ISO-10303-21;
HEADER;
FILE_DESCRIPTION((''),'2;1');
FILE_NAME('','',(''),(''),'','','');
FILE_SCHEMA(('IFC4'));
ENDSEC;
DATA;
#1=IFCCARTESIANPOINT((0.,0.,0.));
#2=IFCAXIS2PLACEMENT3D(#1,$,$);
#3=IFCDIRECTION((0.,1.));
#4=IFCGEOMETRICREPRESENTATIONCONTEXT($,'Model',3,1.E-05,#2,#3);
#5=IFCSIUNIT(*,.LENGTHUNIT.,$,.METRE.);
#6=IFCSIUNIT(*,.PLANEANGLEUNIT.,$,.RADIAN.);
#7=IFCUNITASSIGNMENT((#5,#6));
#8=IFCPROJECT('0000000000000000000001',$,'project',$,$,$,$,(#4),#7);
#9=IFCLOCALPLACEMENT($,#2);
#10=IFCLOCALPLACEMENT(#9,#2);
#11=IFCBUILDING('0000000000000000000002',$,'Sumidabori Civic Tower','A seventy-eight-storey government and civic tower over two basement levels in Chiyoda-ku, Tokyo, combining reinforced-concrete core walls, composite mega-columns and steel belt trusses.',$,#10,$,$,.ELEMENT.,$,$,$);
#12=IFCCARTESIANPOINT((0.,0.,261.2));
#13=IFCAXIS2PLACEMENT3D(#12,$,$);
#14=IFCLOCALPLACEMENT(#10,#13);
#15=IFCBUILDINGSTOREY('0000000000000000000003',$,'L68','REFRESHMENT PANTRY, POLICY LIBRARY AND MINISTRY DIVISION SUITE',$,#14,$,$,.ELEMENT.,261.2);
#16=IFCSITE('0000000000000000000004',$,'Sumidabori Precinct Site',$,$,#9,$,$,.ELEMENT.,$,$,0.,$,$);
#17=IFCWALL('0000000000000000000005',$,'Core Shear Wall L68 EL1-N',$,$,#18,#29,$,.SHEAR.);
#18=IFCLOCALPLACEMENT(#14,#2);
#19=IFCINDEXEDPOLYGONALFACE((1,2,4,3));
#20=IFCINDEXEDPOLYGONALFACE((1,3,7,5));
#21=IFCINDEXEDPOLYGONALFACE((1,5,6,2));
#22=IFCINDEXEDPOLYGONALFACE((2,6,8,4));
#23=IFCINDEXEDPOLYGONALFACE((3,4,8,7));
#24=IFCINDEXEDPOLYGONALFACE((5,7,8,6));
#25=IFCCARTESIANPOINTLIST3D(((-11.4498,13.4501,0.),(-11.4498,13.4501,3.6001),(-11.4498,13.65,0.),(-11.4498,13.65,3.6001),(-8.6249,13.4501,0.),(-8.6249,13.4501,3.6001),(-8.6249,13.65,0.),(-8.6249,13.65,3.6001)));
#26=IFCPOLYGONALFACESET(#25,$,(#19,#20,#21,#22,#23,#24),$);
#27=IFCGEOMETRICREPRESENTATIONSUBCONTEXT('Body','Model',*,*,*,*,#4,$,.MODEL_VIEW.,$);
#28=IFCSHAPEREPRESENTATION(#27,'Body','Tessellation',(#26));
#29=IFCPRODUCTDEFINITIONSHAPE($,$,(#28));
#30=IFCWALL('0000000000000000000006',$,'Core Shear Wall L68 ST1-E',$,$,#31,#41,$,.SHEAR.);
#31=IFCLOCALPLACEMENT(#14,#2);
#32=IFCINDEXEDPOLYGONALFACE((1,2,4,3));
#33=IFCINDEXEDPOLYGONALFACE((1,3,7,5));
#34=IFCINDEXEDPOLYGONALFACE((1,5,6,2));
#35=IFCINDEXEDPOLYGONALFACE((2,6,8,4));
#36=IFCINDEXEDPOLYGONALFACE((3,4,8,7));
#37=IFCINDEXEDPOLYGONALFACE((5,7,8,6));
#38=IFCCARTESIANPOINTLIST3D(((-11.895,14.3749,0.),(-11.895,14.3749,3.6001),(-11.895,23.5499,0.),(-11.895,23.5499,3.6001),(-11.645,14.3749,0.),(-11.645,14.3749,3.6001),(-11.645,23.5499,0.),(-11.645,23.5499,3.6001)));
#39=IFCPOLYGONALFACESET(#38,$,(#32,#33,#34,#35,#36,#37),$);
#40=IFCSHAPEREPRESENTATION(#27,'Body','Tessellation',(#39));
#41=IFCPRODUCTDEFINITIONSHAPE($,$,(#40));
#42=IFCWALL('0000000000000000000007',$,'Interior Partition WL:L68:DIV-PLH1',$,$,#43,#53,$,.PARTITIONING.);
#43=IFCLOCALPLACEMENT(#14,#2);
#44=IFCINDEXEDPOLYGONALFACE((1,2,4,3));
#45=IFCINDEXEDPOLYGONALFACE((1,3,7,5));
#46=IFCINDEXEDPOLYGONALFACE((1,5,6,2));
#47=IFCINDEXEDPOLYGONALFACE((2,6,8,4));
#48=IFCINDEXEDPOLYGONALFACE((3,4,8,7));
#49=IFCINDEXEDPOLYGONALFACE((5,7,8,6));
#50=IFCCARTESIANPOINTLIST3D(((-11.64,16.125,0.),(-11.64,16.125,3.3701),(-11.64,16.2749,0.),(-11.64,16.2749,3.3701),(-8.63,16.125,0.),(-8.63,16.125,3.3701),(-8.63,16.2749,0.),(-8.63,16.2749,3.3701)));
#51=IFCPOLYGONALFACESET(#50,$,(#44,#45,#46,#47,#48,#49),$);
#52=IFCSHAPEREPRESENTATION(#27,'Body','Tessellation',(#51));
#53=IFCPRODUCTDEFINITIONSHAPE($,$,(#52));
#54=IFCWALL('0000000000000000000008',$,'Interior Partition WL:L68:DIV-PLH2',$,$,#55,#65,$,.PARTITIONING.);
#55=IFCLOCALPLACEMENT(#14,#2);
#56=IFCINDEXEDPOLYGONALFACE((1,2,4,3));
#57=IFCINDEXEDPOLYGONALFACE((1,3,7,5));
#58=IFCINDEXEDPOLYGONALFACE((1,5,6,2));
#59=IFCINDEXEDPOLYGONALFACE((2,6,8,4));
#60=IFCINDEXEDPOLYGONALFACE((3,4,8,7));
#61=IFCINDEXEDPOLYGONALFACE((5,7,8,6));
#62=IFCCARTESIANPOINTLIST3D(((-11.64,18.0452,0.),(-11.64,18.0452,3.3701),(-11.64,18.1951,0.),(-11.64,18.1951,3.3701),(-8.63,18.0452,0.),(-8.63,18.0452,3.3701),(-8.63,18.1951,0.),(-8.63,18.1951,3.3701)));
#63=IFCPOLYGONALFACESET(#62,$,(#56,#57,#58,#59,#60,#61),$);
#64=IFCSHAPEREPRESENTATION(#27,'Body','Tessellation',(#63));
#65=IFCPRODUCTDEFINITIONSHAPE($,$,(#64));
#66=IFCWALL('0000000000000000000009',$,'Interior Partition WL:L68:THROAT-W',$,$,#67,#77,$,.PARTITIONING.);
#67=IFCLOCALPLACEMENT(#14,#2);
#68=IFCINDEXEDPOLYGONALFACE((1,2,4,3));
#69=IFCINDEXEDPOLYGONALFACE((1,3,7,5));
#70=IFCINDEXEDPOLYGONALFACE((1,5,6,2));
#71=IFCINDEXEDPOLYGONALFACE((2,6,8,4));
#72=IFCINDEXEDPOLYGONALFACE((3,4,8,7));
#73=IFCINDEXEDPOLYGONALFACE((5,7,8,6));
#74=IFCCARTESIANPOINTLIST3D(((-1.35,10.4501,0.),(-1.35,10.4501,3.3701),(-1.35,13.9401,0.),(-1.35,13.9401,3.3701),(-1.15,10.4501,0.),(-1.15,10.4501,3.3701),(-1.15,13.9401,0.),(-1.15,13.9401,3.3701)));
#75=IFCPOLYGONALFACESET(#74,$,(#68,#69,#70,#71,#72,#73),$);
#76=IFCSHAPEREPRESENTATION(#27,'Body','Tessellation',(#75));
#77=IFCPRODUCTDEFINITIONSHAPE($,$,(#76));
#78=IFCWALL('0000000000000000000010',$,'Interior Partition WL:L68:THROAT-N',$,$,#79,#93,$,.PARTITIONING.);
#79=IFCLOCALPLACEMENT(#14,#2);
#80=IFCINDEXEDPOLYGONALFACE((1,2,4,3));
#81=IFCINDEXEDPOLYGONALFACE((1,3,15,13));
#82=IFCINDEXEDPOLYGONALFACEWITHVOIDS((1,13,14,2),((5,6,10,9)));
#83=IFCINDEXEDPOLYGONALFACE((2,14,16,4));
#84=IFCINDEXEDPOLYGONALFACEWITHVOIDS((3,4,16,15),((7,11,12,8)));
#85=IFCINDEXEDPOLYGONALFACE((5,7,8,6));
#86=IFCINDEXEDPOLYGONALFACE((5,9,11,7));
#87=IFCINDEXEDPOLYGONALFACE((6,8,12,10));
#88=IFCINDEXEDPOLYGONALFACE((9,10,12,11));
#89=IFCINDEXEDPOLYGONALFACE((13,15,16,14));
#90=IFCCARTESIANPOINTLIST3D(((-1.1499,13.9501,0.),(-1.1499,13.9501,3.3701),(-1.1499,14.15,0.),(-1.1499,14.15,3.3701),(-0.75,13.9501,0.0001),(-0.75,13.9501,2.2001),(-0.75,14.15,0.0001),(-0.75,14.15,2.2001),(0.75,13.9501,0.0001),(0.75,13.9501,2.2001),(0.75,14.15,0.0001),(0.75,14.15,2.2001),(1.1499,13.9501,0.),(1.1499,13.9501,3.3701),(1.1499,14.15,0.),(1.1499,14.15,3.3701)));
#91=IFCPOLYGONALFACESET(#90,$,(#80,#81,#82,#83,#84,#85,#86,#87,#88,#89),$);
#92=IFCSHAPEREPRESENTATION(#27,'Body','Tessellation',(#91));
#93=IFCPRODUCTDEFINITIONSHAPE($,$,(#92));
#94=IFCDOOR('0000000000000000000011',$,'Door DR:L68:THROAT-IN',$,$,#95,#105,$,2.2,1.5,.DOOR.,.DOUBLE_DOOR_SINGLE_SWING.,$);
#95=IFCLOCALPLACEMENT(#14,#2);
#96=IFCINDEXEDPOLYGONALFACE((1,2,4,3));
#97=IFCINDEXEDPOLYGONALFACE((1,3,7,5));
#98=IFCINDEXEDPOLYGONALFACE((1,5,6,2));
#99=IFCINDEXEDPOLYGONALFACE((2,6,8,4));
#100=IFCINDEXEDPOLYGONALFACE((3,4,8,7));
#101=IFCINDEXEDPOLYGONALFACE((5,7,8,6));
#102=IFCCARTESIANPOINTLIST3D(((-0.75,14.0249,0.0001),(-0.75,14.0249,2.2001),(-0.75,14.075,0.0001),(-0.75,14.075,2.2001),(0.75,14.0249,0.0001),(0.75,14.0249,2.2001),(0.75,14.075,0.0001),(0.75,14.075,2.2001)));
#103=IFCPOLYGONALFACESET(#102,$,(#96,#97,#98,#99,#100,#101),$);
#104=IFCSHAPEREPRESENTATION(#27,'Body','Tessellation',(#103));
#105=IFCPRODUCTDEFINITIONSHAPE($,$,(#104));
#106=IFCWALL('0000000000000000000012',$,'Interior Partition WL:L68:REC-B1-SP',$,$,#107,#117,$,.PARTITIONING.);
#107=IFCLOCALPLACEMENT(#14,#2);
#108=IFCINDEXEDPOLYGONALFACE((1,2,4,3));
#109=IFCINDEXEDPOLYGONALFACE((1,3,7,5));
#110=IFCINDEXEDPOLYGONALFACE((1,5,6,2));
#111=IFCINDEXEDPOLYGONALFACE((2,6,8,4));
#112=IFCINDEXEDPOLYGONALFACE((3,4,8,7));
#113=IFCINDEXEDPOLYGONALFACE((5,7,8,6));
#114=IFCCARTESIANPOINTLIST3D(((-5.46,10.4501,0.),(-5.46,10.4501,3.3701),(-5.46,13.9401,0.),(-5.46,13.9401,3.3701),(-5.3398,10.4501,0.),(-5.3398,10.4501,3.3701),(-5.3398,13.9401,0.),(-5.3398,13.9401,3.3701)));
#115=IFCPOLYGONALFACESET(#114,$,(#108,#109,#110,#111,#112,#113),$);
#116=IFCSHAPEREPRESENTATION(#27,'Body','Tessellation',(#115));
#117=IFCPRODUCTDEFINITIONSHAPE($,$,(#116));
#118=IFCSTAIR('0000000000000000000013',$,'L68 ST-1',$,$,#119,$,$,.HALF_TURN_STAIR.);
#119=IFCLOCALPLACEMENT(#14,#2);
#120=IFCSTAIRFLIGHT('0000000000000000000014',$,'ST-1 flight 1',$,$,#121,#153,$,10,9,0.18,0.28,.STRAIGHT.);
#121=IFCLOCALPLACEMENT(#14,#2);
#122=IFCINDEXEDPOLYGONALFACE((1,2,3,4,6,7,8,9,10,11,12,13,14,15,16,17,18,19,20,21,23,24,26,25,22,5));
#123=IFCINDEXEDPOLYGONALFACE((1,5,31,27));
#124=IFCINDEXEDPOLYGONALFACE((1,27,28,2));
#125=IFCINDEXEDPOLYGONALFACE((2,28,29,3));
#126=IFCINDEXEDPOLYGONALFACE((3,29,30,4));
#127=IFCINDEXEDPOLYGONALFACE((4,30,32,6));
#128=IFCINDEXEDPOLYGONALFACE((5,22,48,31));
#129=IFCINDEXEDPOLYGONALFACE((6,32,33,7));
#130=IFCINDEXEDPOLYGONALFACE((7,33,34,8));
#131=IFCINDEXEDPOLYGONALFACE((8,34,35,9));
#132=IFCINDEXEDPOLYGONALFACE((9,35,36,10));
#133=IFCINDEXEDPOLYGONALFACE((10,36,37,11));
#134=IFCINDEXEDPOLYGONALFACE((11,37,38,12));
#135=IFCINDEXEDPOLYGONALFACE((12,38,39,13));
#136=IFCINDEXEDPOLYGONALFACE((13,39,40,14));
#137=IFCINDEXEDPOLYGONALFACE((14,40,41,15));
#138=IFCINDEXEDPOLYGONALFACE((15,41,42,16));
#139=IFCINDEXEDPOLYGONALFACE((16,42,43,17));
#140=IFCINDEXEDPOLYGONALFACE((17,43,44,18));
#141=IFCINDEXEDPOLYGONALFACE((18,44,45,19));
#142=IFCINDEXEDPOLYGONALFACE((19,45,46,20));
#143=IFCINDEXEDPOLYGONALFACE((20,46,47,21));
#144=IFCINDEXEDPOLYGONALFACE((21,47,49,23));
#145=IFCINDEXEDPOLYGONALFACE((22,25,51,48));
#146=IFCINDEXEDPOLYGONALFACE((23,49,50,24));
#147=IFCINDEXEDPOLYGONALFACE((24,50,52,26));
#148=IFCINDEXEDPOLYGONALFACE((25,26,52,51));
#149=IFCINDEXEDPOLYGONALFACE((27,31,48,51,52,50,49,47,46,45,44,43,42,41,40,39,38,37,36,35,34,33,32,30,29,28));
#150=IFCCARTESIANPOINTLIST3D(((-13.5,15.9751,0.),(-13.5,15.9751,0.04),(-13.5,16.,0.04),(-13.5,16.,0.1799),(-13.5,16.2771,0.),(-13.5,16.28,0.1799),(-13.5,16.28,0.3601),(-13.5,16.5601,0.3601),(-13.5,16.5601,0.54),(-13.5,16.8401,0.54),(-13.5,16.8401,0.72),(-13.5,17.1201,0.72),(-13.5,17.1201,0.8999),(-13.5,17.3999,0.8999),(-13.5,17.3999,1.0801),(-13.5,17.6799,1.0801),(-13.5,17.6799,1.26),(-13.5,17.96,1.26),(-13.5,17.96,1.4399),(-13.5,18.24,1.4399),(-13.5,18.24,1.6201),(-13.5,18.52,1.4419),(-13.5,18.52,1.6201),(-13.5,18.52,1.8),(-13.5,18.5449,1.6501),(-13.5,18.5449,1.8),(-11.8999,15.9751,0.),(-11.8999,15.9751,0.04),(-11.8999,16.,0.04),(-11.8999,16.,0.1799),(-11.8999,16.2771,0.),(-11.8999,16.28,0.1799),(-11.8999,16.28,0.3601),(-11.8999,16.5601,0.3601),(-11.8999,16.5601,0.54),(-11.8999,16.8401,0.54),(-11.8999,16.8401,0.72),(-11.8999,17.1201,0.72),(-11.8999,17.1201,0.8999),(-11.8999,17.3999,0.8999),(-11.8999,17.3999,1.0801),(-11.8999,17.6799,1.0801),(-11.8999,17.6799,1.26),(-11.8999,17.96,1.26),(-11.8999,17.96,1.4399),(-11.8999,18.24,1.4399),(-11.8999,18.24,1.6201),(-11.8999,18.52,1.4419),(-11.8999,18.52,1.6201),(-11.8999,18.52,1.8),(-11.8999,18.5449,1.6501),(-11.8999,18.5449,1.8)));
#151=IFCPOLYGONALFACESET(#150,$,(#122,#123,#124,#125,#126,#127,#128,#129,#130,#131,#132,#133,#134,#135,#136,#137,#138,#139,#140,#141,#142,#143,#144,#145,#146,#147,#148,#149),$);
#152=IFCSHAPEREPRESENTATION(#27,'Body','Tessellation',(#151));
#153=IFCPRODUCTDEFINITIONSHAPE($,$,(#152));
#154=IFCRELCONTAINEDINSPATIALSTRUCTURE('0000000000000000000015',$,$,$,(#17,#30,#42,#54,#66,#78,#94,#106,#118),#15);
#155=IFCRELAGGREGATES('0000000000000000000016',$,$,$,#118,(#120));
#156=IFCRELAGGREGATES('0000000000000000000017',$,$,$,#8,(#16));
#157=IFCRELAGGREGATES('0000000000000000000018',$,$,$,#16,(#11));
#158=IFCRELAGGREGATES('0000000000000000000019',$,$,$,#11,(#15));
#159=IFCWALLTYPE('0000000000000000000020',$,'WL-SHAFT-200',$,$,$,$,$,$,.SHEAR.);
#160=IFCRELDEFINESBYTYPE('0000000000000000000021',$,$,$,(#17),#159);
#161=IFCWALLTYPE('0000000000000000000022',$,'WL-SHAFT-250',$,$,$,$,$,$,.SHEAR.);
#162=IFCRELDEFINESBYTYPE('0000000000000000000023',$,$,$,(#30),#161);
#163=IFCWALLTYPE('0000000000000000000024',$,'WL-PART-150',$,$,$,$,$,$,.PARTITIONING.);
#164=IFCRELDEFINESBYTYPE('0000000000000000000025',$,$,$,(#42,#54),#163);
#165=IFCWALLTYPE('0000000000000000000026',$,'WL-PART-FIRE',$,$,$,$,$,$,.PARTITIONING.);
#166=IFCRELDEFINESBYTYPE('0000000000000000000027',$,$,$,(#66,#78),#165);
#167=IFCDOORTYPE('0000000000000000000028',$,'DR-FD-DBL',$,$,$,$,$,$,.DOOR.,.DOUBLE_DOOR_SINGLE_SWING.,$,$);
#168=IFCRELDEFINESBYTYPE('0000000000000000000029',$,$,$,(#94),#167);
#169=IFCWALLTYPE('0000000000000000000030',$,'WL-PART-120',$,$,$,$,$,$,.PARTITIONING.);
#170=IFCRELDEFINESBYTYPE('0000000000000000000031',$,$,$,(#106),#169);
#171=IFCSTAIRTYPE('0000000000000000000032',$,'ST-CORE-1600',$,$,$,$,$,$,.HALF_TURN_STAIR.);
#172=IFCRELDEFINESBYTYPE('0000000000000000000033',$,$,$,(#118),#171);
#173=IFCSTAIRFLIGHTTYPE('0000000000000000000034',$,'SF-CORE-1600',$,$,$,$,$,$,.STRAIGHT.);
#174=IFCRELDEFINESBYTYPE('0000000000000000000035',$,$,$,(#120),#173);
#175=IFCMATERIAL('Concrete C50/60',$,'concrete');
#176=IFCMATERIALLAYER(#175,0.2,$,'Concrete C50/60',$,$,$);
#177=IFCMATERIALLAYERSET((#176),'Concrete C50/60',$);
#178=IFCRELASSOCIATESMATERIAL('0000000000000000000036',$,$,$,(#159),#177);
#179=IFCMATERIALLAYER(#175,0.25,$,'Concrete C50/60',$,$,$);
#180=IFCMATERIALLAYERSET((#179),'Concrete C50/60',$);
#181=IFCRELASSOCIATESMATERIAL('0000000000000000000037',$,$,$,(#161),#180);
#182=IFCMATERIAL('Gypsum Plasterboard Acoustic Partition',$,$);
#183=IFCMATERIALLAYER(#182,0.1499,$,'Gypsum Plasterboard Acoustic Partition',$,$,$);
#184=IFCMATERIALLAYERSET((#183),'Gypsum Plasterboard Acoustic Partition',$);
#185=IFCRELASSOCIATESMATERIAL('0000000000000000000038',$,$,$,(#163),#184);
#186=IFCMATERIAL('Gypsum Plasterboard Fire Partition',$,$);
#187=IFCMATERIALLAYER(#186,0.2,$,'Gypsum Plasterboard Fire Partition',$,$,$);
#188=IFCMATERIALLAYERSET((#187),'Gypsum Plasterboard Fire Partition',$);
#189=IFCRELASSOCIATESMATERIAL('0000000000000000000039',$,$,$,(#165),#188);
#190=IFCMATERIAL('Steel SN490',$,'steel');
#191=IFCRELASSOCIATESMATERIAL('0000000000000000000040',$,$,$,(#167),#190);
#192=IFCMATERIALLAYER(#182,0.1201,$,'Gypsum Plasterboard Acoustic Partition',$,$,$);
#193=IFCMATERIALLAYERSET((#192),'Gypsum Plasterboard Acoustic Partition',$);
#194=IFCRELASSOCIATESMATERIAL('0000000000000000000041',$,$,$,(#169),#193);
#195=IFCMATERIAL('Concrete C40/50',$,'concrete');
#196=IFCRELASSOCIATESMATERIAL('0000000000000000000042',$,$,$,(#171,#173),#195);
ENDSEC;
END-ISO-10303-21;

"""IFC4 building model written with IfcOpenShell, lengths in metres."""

from ifc_helpers import new_model, si_unit, direction, frame, frame_2d, origin, place, context, subcontext, project, spatial, polyline, rectangle, outline, extrude, source, transform, mapped, material, layer, layer_set, type_object, element, fill, aggregate, save


model = new_model("IFC4")

# Units and contexts
model_context = context("Model", 3, precision=1e-05, world=origin(), true_north=direction((0.0, 1.0)))
body_context = subcontext(model_context, "Body", "Model", "MODEL_VIEW")
ifc_project = project(units=[si_unit("LENGTHUNIT", "METRE"), si_unit("PLANEANGLEUNIT", "RADIAN")], contexts=[model_context])

# Site, building, storey
site_placement = place(None, origin())
site = spatial("IfcSite", under=ifc_project, at=site_placement, Name="Sumidabori Precinct Site", CompositionType="ELEMENT", RefElevation=0.0)
building_placement = place(site_placement, origin())
building = spatial("IfcBuilding", under=site, at=building_placement, Name="Sumidabori Civic Tower", Description="A seventy-eight-storey government and civic tower over two basement levels in Chiyoda-ku, Tokyo, combining reinforced-concrete core walls, composite mega-columns and steel belt trusses.", CompositionType="ELEMENT")
storey_placement = place(building_placement, frame((0.0, 0.0, 261.2)))
storey = spatial("IfcBuildingStorey", under=building, at=storey_placement, Name="L68", Description="REFRESHMENT PANTRY, POLICY LIBRARY AND MINISTRY DIVISION SUITE", CompositionType="ELEMENT", Elevation=261.2)

# Wall
ifc_material_1 = material(Name="Concrete C50/60", Category="concrete")
ifc_layer_1 = layer(ifc_material_1, 0.2, Name="Concrete C50/60")
ifc_layer_set_1 = layer_set([ifc_layer_1], Name="Concrete C50/60")
wall_type_1 = type_object("IfcWallType", Name="WL-SHAFT-200", PredefinedType="SHEAR", material=ifc_layer_set_1)
shared_shape_1 = source(origin(), body_context, "Body", "SweptSolid", [
    extrude(rectangle(XDim=2.825, YDim=0.2, at=frame_2d((1.4126, 0.0))), origin(), (0.0, 0.0, 1.0), 3.6001),
])
wall_1_placement = place(storey_placement, frame((-11.45, 13.55, 0.0), z_axis=(0.0, 0.0, 1.0), x_axis=(1.0, 0.0, 0.0)))
element("IfcWall", 1, at=wall_1_placement, inside=storey, type_object=wall_type_1, Name="Core Shear Wall L68 EL1-N", PredefinedType="SHEAR", context=body_context, shape_type="MappedRepresentation", body=[
    mapped(shared_shape_1, transform((0.0, 0.0, 0.0), x_axis=(1.0, 0.0, 0.0), y_axis=(0.0, 1.0, 0.0), z_axis=(0.0, 0.0, 1.0), scale=1.0)),
])

# Shared definitions
ifc_layer_2 = layer(ifc_material_1, 0.25, Name="Concrete C50/60")
ifc_layer_set_2 = layer_set([ifc_layer_2], Name="Concrete C50/60")
wall_type_2 = type_object("IfcWallType", Name="WL-SHAFT-250", PredefinedType="SHEAR", material=ifc_layer_set_2)

# Wall
shared_shape_2 = source(origin(), body_context, "Body", "SweptSolid", [
    extrude(rectangle(XDim=9.175, YDim=0.25, at=frame_2d((4.5874, 0.0))), origin(), (0.0, 0.0, 1.0), 3.6001),
])
wall_2_placement = place(storey_placement, frame((-11.77, 14.375, 0.0), z_axis=(0.0, 0.0, 1.0), x_axis=(0.0, 1.0, 0.0)))
element("IfcWall", 2, at=wall_2_placement, inside=storey, type_object=wall_type_2, Name="Core Shear Wall L68 ST1-E", PredefinedType="SHEAR", context=body_context, shape_type="MappedRepresentation", body=[
    mapped(shared_shape_2, transform((0.0, 0.0, 0.0), x_axis=(1.0, 0.0, 0.0), y_axis=(0.0, 1.0, 0.0), z_axis=(0.0, 0.0, 1.0), scale=1.0)),
])

# Walls
ifc_material_2 = material(Name="Gypsum Plasterboard Acoustic Partition")
ifc_layer_3 = layer(ifc_material_2, 0.1499, Name="Gypsum Plasterboard Acoustic Partition")
ifc_layer_set_3 = layer_set([ifc_layer_3], Name="Gypsum Plasterboard Acoustic Partition")
wall_type_3 = type_object("IfcWallType", Name="WL-PART-150", PredefinedType="PARTITIONING", material=ifc_layer_set_3)
shared_shape_3 = source(origin(), body_context, "Body", "SweptSolid", [
    extrude(rectangle(XDim=3.01, YDim=0.1499, at=frame_2d((1.5049, 0.0))), origin(), (0.0, 0.0, 1.0), 3.3701),
])
for number, where, z_axis, x_axis, name in (
    (3, (-11.6399, 16.2, 0.0), (0.0, 0.0, 1.0), (1.0, 0.0, 0.0), "Interior Partition WL:L68:DIV-PLH1"),
    (4, (-11.6399, 18.1201, 0.0), (0.0, 0.0, 1.0), (1.0, 0.0, 0.0), "Interior Partition WL:L68:DIV-PLH2"),
):
    element("IfcWall", number, at=place(storey_placement, frame(where, z_axis=z_axis, x_axis=x_axis)), inside=storey, type_object=wall_type_3, Name=name, PredefinedType="PARTITIONING", context=body_context, shape_type="MappedRepresentation", body=[
        mapped(shared_shape_3, transform((0.0, 0.0, 0.0), x_axis=(1.0, 0.0, 0.0), y_axis=(0.0, 1.0, 0.0), z_axis=(0.0, 0.0, 1.0), scale=1.0)),
    ])

# Shared definitions
ifc_material_3 = material(Name="Gypsum Plasterboard Fire Partition")
ifc_layer_4 = layer(ifc_material_3, 0.2, Name="Gypsum Plasterboard Fire Partition")
ifc_layer_set_4 = layer_set([ifc_layer_4], Name="Gypsum Plasterboard Fire Partition")
wall_type_4 = type_object("IfcWallType", Name="WL-PART-FIRE", PredefinedType="PARTITIONING", material=ifc_layer_set_4)

# Wall
shared_shape_4 = source(origin(), body_context, "Body", "SweptSolid", [
    extrude(rectangle(XDim=3.49, YDim=0.2, at=frame_2d((1.7451, 0.0))), origin(), (0.0, 0.0, 1.0), 3.3701),
])
wall_3_placement = place(storey_placement, frame((-1.25, 10.45, 0.0), z_axis=(0.0, 0.0, 1.0), x_axis=(0.0, 1.0, 0.0)))
element("IfcWall", 5, at=wall_3_placement, inside=storey, type_object=wall_type_4, Name="Interior Partition WL:L68:THROAT-W", PredefinedType="PARTITIONING", context=body_context, shape_type="MappedRepresentation", body=[
    mapped(shared_shape_4, transform((0.0, 0.0, 0.0), x_axis=(1.0, 0.0, 0.0), y_axis=(0.0, 1.0, 0.0), z_axis=(0.0, 0.0, 1.0), scale=1.0)),
])

# Wall, opening, door
shared_shape_5 = source(origin(), body_context, "Body", "SweptSolid", [
    extrude(rectangle(XDim=2.2998, YDim=0.2, at=frame_2d((1.1499, 0.0))), origin(), (0.0, 0.0, 1.0), 3.3701),
])
wall_4_placement = place(storey_placement, frame((-1.1499, 14.05, 0.0), z_axis=(0.0, 0.0, 1.0), x_axis=(1.0, 0.0, 0.0)))
wall_4 = element("IfcWall", 6, at=wall_4_placement, inside=storey, type_object=wall_type_4, Name="Interior Partition WL:L68:THROAT-N", PredefinedType="PARTITIONING", context=body_context, shape_type="MappedRepresentation", body=[
    mapped(shared_shape_5, transform((0.0, 0.0, 0.0), x_axis=(1.0, 0.0, 0.0), y_axis=(0.0, 1.0, 0.0), z_axis=(0.0, 0.0, 1.0), scale=1.0)),
])
opening_1_placement = place(wall_4_placement, frame((0.3999, 0.0, 0.0)))
opening_1 = element("IfcOpeningElement", 7, at=opening_1_placement, cuts=wall_4, PredefinedType="OPENING", context=body_context, shape_type="SweptSolid", body=[
    extrude(rectangle(XDim=1.5, YDim=2.2, at=frame_2d((0.75, 1.1001))), frame((0.0, 0.1118, 0.0), z_axis=(0.0, -1.0, 0.0), x_axis=(1.0, 0.0, 0.0)), (0.0, 0.0, 1.0), 0.2239),
])
ifc_material_4 = material(Name="Steel SN490", Category="steel")
door_type_1 = type_object("IfcDoorType", Name="DR-FD-DBL", OperationType="DOUBLE_DOOR_SINGLE_SWING", PredefinedType="DOOR", material=ifc_material_4)
shared_shape_6 = source(origin(), body_context, "Body", "SweptSolid", [
    extrude(rectangle(XDim=1.5, YDim=2.2, at=frame_2d((0.75, 1.1001))), frame((0.0, 0.0249, 0.0), z_axis=(0.0, -1.0, 0.0), x_axis=(1.0, 0.0, 0.0)), (0.0, 0.0, 1.0), 0.05),
])
door_1_placement = place(opening_1_placement, origin())
door_1 = element("IfcDoor", 8, at=door_1_placement, inside=storey, type_object=door_type_1, Name="Door DR:L68:THROAT-IN", OperationType="DOUBLE_DOOR_SINGLE_SWING", OverallHeight=2.2, OverallWidth=1.5, PredefinedType="DOOR", context=body_context, shape_type="MappedRepresentation", body=[
    mapped(shared_shape_6, transform((0.0, 0.0, 0.0), x_axis=(1.0, 0.0, 0.0), y_axis=(0.0, 1.0, 0.0), z_axis=(0.0, 0.0, 1.0), scale=1.0)),
])
fill(opening_1, door_1)

# Wall
ifc_layer_5 = layer(ifc_material_2, 0.1201, Name="Gypsum Plasterboard Acoustic Partition")
ifc_layer_set_5 = layer_set([ifc_layer_5], Name="Gypsum Plasterboard Acoustic Partition")
wall_type_5 = type_object("IfcWallType", Name="WL-PART-120", PredefinedType="PARTITIONING", material=ifc_layer_set_5)
shared_shape_7 = source(origin(), body_context, "Body", "SweptSolid", [
    extrude(rectangle(XDim=3.49, YDim=0.1201, at=frame_2d((1.7451, 0.0))), origin(), (0.0, 0.0, 1.0), 3.3701),
])
wall_5_placement = place(storey_placement, frame((-5.3999, 10.45, 0.0), z_axis=(0.0, 0.0, 1.0), x_axis=(0.0, 1.0, 0.0)))
element("IfcWall", 9, at=wall_5_placement, inside=storey, type_object=wall_type_5, Name="Interior Partition WL:L68:REC-B1-SP", PredefinedType="PARTITIONING", context=body_context, shape_type="MappedRepresentation", body=[
    mapped(shared_shape_7, transform((0.0, 0.0, 0.0), x_axis=(1.0, 0.0, 0.0), y_axis=(0.0, 1.0, 0.0), z_axis=(0.0, 0.0, 1.0), scale=1.0)),
])

# Stair, stair flight
ifc_material_5 = material(Name="Concrete C40/50", Category="concrete")
stair_type = type_object("IfcStairType", Name="ST-CORE-1600", PredefinedType="HALF_TURN_STAIR", material=ifc_material_5)
stair_placement = place(storey_placement, origin())
stair = element("IfcStair", 10, at=stair_placement, inside=storey, type_object=stair_type, Name="L68 ST-1", PredefinedType="HALF_TURN_STAIR")
stair_flight_type = type_object("IfcStairFlightType", Name="SF-CORE-1600", PredefinedType="STRAIGHT", material=ifc_material_5)
shared_shape_8 = source(origin(), body_context, "Body", "SweptSolid", [
    extrude(outline(polyline([(-0.0249, 0.0), (-0.0249, 0.04), (0.0, 0.04), (0.0, 0.1799), (0.28, 0.1799), (0.28, 0.3601), (0.5601, 0.3601), (0.5601, 0.54), (0.8401, 0.54), (0.8401, 0.72), (1.1201, 0.72), (1.1201, 0.8999), (1.3999, 0.8999), (1.3999, 1.0801), (1.6799, 1.0801), (1.6799, 1.26), (1.96, 1.26), (1.96, 1.4399), (2.24, 1.4399), (2.24, 1.6201), (2.52, 1.6201), (2.52, 1.8), (2.5449, 1.8), (2.5449, 1.6501), (2.52, 1.4419), (0.2771, 0.0), (-0.0249, 0.0)])), frame((0.0, 0.8, 0.0), z_axis=(0.0, -1.0, 0.0), x_axis=(1.0, 0.0, 0.0)), (0.0, 0.0, 1.0), 1.6001),
])
stair_flight_placement = place(storey_placement, frame((-12.7, 16.0, 0.0), z_axis=(0.0, 0.0, 1.0), x_axis=(0.0, 1.0, 0.0)))
stair_flight = element("IfcStairFlight", 11, at=stair_flight_placement, type_object=stair_flight_type, Name="ST-1 flight 1", NumberOfRisers=10, NumberOfTreads=9, PredefinedType="STRAIGHT", RiserHeight=0.18, TreadLength=0.28, context=body_context, shape_type="MappedRepresentation", body=[
    mapped(shared_shape_8, transform((0.0, 0.0, 0.0), x_axis=(1.0, 0.0, 0.0), y_axis=(0.0, 1.0, 0.0), z_axis=(0.0, 0.0, 1.0), scale=1.0)),
])
aggregate(stair, [stair_flight])

save(model, "model.ifc")
